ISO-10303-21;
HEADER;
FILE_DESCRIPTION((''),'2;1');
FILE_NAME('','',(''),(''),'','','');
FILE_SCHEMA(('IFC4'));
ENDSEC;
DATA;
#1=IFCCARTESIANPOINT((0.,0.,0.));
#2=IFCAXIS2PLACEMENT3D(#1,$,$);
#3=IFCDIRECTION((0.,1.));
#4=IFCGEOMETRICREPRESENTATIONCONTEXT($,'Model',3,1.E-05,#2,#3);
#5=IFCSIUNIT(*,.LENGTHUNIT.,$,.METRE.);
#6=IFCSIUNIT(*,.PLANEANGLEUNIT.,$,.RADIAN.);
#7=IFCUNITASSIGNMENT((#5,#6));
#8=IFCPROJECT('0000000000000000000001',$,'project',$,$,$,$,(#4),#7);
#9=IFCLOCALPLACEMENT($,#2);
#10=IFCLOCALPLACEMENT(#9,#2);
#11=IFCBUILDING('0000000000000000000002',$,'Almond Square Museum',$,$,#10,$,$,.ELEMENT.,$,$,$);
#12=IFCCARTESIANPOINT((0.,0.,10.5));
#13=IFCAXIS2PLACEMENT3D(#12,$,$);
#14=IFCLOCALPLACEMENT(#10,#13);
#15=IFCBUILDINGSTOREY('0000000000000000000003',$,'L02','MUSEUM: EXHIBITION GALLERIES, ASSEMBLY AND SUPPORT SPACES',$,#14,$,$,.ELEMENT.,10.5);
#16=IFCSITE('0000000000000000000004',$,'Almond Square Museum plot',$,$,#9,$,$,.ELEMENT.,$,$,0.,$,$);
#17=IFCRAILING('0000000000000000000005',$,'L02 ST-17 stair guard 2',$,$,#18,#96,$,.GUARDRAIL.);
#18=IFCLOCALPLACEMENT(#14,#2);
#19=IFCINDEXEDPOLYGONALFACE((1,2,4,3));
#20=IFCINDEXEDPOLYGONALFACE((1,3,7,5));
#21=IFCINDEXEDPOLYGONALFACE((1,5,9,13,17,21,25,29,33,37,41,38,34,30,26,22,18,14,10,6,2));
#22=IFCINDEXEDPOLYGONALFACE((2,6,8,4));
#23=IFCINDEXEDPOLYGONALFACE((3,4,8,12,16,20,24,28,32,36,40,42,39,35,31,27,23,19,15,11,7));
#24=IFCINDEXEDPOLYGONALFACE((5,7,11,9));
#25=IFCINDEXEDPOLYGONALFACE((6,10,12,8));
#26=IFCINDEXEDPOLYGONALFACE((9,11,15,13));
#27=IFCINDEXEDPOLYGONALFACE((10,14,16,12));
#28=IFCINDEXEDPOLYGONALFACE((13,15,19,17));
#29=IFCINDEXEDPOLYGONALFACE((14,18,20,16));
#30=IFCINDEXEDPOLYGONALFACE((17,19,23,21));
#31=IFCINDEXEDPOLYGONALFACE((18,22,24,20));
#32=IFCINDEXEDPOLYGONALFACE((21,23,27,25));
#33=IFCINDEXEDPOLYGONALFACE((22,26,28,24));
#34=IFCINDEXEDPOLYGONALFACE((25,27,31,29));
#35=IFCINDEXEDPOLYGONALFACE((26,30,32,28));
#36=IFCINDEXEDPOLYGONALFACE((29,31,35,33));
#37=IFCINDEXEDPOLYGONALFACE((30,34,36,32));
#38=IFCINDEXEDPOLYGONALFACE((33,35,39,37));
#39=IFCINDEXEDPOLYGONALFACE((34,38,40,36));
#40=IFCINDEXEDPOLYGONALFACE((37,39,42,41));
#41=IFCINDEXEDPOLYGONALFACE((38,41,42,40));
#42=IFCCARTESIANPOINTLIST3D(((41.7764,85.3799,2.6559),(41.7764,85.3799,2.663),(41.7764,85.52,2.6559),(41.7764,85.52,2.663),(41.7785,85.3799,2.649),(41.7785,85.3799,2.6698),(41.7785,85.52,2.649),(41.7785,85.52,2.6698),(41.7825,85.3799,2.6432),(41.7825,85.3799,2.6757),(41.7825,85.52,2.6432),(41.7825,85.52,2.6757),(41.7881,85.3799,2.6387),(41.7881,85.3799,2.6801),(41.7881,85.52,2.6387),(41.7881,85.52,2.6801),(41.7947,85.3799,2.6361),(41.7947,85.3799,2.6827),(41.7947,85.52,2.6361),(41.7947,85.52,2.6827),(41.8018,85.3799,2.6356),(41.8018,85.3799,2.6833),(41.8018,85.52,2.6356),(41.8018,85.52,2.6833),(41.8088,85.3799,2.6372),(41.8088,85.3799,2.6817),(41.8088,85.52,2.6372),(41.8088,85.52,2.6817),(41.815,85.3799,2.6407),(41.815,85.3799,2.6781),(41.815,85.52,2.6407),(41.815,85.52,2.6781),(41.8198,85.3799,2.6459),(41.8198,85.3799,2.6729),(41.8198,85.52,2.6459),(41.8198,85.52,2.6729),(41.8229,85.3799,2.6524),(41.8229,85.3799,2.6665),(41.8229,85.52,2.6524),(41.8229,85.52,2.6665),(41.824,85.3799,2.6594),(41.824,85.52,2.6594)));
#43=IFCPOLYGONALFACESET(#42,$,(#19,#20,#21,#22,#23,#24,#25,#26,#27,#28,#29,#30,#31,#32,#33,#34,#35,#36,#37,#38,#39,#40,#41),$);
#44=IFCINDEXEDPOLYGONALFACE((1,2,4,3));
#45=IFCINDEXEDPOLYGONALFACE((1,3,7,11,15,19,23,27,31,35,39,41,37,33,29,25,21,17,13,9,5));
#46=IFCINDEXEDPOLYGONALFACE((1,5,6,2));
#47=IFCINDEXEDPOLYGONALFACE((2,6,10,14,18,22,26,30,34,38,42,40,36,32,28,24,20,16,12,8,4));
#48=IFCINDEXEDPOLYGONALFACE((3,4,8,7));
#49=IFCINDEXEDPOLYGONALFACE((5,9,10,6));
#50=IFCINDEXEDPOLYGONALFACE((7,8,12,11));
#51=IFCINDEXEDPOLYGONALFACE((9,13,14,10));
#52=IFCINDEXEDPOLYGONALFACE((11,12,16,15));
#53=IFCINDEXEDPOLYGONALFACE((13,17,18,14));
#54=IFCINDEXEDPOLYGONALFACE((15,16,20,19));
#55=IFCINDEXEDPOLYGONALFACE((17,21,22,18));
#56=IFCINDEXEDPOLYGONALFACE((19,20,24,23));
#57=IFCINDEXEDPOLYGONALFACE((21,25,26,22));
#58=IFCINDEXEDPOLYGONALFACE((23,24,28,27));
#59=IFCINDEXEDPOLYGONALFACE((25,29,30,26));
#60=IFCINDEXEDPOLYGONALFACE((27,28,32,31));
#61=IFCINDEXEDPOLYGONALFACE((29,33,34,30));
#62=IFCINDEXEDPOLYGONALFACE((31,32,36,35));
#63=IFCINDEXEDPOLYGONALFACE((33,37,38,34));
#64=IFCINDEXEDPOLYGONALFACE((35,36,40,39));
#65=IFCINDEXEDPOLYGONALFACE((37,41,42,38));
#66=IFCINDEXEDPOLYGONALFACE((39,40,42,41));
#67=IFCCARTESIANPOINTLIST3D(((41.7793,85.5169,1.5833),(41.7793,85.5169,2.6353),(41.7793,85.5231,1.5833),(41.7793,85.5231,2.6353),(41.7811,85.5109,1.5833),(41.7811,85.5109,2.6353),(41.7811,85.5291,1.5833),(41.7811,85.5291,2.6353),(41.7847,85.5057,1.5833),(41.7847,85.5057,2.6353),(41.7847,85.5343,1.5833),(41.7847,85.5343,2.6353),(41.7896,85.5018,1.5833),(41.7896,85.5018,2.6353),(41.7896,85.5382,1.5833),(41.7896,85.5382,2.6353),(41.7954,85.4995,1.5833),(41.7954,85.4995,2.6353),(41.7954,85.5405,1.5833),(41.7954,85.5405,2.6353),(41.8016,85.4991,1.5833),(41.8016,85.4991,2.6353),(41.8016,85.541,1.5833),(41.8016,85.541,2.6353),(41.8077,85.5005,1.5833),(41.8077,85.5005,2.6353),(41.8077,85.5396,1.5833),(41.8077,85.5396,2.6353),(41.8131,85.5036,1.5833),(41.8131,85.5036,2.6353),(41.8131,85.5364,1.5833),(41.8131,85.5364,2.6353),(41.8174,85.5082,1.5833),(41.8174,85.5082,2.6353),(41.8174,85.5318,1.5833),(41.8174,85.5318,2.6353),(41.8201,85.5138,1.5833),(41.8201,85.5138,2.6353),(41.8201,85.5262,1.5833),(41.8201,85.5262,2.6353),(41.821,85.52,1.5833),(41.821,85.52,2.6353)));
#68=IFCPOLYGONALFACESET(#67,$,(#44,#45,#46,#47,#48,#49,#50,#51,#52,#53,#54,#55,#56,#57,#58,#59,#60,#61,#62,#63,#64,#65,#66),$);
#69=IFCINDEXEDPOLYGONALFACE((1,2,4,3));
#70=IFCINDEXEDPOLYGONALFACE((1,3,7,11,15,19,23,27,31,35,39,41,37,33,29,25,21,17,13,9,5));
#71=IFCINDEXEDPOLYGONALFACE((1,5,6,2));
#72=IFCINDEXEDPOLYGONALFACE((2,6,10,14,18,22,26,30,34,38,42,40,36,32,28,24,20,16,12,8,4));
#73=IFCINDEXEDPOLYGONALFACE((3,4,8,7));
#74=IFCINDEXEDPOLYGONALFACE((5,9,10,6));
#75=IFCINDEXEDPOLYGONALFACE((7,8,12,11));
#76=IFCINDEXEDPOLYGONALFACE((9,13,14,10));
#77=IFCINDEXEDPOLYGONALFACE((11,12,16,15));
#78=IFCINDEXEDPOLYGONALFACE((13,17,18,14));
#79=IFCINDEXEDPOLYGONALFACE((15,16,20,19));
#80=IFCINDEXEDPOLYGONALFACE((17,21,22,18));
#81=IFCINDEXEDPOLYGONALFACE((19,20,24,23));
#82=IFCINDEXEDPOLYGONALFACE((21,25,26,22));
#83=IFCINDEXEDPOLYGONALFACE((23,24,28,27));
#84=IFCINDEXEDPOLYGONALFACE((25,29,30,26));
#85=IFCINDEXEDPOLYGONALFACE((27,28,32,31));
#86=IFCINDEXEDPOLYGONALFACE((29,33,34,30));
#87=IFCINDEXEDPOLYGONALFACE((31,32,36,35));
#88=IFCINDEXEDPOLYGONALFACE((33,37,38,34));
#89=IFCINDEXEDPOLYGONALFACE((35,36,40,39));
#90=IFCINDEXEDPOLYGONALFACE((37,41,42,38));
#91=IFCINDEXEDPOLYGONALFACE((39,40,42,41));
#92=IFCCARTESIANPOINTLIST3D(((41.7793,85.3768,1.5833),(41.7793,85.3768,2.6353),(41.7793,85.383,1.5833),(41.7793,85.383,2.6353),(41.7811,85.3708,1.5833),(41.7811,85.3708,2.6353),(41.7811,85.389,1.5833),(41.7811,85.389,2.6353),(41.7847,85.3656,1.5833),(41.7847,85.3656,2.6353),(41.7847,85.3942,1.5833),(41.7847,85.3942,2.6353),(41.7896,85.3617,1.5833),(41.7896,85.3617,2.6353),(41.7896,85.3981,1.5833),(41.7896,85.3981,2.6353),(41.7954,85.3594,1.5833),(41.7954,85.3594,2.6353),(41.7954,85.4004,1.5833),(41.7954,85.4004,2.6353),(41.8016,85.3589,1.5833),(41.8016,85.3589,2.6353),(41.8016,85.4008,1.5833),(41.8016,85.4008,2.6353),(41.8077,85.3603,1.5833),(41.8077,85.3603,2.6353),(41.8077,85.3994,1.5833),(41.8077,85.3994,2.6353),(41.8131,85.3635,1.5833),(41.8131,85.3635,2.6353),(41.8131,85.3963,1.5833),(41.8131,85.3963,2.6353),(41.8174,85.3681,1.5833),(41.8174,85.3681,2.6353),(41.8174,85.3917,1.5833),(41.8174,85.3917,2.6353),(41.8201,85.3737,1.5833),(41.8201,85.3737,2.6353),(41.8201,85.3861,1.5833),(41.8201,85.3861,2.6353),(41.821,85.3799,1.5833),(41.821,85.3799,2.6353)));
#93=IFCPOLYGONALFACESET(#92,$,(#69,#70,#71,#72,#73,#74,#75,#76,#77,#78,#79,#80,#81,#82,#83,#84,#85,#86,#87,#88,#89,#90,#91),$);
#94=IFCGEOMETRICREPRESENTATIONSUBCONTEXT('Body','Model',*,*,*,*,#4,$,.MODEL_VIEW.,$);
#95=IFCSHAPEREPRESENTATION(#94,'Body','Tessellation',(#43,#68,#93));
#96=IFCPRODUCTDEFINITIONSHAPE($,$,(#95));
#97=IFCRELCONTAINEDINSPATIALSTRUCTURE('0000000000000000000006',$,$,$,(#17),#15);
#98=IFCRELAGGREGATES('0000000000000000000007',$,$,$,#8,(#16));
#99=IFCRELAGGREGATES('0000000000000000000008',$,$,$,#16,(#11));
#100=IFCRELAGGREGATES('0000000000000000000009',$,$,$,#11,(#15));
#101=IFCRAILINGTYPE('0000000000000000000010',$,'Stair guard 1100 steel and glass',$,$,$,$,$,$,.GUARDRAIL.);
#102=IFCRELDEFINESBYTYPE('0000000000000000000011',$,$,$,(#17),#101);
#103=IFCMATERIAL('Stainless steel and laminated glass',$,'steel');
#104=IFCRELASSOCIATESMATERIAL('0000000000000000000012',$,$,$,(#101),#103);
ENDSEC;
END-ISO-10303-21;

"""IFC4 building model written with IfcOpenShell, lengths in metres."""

from ifc_helpers import new_model, si_unit, direction, frame, origin, origin_2d, place, context, subcontext, project, spatial, circle, extrude, material, type_object, element, save


model = new_model("IFC4")

# Units and contexts
model_context = context("Model", 3, precision=1e-05, world=origin(), true_north=direction((0.0, 1.0)))
body_context = subcontext(model_context, "Body", "Model", "MODEL_VIEW")
ifc_project = project(units=[si_unit("LENGTHUNIT", "METRE"), si_unit("PLANEANGLEUNIT", "RADIAN")], contexts=[model_context])

# Site, building, storey
site_placement = place(None, origin())
site = spatial("IfcSite", under=ifc_project, at=site_placement, Name="Almond Square Museum plot", CompositionType="ELEMENT", RefElevation=0.0)
building_placement = place(site_placement, origin())
building = spatial("IfcBuilding", under=site, at=building_placement, Name="Almond Square Museum", CompositionType="ELEMENT")
storey_placement = place(building_placement, frame((0.0, 0.0, 10.5)))
storey = spatial("IfcBuildingStorey", under=building, at=storey_placement, Name="L02", Description="MUSEUM: EXHIBITION GALLERIES, ASSEMBLY AND SUPPORT SPACES", CompositionType="ELEMENT", Elevation=10.5)

# Railing
ifc_material_1 = material(Name="Stainless steel and laminated glass", Category="steel")
railing_type_1 = type_object("IfcRailingType", Name="Stair guard 1100 steel and glass", PredefinedType="GUARDRAIL", material=ifc_material_1)
railing_1_placement = place(storey_placement, frame((41.8, 85.52, 1.5833)))
element("IfcRailing", 1, at=railing_1_placement, inside=storey, type_object=railing_type_1, Name="L02 ST-17 stair guard 2", PredefinedType="GUARDRAIL", context=body_context, shape_type="SweptSolid", body=[
    extrude(circle(Radius=0.0239, at=origin_2d()), frame((0.0, 0.0, 1.0762), z_axis=(0.0, -1.0, 0.0), x_axis=(1.0, 0.0, 0.0)), (0.0, 0.0, 1.0), 0.1401),
    extrude(circle(Radius=0.021, at=origin_2d()), origin(), (0.0, 0.0, 1.0), 1.052),
    extrude(circle(Radius=0.021, at=origin_2d()), frame((0.0, -0.1401, 0.0)), (0.0, 0.0, 1.0), 1.052),
])

save(model, "model.ifc")
